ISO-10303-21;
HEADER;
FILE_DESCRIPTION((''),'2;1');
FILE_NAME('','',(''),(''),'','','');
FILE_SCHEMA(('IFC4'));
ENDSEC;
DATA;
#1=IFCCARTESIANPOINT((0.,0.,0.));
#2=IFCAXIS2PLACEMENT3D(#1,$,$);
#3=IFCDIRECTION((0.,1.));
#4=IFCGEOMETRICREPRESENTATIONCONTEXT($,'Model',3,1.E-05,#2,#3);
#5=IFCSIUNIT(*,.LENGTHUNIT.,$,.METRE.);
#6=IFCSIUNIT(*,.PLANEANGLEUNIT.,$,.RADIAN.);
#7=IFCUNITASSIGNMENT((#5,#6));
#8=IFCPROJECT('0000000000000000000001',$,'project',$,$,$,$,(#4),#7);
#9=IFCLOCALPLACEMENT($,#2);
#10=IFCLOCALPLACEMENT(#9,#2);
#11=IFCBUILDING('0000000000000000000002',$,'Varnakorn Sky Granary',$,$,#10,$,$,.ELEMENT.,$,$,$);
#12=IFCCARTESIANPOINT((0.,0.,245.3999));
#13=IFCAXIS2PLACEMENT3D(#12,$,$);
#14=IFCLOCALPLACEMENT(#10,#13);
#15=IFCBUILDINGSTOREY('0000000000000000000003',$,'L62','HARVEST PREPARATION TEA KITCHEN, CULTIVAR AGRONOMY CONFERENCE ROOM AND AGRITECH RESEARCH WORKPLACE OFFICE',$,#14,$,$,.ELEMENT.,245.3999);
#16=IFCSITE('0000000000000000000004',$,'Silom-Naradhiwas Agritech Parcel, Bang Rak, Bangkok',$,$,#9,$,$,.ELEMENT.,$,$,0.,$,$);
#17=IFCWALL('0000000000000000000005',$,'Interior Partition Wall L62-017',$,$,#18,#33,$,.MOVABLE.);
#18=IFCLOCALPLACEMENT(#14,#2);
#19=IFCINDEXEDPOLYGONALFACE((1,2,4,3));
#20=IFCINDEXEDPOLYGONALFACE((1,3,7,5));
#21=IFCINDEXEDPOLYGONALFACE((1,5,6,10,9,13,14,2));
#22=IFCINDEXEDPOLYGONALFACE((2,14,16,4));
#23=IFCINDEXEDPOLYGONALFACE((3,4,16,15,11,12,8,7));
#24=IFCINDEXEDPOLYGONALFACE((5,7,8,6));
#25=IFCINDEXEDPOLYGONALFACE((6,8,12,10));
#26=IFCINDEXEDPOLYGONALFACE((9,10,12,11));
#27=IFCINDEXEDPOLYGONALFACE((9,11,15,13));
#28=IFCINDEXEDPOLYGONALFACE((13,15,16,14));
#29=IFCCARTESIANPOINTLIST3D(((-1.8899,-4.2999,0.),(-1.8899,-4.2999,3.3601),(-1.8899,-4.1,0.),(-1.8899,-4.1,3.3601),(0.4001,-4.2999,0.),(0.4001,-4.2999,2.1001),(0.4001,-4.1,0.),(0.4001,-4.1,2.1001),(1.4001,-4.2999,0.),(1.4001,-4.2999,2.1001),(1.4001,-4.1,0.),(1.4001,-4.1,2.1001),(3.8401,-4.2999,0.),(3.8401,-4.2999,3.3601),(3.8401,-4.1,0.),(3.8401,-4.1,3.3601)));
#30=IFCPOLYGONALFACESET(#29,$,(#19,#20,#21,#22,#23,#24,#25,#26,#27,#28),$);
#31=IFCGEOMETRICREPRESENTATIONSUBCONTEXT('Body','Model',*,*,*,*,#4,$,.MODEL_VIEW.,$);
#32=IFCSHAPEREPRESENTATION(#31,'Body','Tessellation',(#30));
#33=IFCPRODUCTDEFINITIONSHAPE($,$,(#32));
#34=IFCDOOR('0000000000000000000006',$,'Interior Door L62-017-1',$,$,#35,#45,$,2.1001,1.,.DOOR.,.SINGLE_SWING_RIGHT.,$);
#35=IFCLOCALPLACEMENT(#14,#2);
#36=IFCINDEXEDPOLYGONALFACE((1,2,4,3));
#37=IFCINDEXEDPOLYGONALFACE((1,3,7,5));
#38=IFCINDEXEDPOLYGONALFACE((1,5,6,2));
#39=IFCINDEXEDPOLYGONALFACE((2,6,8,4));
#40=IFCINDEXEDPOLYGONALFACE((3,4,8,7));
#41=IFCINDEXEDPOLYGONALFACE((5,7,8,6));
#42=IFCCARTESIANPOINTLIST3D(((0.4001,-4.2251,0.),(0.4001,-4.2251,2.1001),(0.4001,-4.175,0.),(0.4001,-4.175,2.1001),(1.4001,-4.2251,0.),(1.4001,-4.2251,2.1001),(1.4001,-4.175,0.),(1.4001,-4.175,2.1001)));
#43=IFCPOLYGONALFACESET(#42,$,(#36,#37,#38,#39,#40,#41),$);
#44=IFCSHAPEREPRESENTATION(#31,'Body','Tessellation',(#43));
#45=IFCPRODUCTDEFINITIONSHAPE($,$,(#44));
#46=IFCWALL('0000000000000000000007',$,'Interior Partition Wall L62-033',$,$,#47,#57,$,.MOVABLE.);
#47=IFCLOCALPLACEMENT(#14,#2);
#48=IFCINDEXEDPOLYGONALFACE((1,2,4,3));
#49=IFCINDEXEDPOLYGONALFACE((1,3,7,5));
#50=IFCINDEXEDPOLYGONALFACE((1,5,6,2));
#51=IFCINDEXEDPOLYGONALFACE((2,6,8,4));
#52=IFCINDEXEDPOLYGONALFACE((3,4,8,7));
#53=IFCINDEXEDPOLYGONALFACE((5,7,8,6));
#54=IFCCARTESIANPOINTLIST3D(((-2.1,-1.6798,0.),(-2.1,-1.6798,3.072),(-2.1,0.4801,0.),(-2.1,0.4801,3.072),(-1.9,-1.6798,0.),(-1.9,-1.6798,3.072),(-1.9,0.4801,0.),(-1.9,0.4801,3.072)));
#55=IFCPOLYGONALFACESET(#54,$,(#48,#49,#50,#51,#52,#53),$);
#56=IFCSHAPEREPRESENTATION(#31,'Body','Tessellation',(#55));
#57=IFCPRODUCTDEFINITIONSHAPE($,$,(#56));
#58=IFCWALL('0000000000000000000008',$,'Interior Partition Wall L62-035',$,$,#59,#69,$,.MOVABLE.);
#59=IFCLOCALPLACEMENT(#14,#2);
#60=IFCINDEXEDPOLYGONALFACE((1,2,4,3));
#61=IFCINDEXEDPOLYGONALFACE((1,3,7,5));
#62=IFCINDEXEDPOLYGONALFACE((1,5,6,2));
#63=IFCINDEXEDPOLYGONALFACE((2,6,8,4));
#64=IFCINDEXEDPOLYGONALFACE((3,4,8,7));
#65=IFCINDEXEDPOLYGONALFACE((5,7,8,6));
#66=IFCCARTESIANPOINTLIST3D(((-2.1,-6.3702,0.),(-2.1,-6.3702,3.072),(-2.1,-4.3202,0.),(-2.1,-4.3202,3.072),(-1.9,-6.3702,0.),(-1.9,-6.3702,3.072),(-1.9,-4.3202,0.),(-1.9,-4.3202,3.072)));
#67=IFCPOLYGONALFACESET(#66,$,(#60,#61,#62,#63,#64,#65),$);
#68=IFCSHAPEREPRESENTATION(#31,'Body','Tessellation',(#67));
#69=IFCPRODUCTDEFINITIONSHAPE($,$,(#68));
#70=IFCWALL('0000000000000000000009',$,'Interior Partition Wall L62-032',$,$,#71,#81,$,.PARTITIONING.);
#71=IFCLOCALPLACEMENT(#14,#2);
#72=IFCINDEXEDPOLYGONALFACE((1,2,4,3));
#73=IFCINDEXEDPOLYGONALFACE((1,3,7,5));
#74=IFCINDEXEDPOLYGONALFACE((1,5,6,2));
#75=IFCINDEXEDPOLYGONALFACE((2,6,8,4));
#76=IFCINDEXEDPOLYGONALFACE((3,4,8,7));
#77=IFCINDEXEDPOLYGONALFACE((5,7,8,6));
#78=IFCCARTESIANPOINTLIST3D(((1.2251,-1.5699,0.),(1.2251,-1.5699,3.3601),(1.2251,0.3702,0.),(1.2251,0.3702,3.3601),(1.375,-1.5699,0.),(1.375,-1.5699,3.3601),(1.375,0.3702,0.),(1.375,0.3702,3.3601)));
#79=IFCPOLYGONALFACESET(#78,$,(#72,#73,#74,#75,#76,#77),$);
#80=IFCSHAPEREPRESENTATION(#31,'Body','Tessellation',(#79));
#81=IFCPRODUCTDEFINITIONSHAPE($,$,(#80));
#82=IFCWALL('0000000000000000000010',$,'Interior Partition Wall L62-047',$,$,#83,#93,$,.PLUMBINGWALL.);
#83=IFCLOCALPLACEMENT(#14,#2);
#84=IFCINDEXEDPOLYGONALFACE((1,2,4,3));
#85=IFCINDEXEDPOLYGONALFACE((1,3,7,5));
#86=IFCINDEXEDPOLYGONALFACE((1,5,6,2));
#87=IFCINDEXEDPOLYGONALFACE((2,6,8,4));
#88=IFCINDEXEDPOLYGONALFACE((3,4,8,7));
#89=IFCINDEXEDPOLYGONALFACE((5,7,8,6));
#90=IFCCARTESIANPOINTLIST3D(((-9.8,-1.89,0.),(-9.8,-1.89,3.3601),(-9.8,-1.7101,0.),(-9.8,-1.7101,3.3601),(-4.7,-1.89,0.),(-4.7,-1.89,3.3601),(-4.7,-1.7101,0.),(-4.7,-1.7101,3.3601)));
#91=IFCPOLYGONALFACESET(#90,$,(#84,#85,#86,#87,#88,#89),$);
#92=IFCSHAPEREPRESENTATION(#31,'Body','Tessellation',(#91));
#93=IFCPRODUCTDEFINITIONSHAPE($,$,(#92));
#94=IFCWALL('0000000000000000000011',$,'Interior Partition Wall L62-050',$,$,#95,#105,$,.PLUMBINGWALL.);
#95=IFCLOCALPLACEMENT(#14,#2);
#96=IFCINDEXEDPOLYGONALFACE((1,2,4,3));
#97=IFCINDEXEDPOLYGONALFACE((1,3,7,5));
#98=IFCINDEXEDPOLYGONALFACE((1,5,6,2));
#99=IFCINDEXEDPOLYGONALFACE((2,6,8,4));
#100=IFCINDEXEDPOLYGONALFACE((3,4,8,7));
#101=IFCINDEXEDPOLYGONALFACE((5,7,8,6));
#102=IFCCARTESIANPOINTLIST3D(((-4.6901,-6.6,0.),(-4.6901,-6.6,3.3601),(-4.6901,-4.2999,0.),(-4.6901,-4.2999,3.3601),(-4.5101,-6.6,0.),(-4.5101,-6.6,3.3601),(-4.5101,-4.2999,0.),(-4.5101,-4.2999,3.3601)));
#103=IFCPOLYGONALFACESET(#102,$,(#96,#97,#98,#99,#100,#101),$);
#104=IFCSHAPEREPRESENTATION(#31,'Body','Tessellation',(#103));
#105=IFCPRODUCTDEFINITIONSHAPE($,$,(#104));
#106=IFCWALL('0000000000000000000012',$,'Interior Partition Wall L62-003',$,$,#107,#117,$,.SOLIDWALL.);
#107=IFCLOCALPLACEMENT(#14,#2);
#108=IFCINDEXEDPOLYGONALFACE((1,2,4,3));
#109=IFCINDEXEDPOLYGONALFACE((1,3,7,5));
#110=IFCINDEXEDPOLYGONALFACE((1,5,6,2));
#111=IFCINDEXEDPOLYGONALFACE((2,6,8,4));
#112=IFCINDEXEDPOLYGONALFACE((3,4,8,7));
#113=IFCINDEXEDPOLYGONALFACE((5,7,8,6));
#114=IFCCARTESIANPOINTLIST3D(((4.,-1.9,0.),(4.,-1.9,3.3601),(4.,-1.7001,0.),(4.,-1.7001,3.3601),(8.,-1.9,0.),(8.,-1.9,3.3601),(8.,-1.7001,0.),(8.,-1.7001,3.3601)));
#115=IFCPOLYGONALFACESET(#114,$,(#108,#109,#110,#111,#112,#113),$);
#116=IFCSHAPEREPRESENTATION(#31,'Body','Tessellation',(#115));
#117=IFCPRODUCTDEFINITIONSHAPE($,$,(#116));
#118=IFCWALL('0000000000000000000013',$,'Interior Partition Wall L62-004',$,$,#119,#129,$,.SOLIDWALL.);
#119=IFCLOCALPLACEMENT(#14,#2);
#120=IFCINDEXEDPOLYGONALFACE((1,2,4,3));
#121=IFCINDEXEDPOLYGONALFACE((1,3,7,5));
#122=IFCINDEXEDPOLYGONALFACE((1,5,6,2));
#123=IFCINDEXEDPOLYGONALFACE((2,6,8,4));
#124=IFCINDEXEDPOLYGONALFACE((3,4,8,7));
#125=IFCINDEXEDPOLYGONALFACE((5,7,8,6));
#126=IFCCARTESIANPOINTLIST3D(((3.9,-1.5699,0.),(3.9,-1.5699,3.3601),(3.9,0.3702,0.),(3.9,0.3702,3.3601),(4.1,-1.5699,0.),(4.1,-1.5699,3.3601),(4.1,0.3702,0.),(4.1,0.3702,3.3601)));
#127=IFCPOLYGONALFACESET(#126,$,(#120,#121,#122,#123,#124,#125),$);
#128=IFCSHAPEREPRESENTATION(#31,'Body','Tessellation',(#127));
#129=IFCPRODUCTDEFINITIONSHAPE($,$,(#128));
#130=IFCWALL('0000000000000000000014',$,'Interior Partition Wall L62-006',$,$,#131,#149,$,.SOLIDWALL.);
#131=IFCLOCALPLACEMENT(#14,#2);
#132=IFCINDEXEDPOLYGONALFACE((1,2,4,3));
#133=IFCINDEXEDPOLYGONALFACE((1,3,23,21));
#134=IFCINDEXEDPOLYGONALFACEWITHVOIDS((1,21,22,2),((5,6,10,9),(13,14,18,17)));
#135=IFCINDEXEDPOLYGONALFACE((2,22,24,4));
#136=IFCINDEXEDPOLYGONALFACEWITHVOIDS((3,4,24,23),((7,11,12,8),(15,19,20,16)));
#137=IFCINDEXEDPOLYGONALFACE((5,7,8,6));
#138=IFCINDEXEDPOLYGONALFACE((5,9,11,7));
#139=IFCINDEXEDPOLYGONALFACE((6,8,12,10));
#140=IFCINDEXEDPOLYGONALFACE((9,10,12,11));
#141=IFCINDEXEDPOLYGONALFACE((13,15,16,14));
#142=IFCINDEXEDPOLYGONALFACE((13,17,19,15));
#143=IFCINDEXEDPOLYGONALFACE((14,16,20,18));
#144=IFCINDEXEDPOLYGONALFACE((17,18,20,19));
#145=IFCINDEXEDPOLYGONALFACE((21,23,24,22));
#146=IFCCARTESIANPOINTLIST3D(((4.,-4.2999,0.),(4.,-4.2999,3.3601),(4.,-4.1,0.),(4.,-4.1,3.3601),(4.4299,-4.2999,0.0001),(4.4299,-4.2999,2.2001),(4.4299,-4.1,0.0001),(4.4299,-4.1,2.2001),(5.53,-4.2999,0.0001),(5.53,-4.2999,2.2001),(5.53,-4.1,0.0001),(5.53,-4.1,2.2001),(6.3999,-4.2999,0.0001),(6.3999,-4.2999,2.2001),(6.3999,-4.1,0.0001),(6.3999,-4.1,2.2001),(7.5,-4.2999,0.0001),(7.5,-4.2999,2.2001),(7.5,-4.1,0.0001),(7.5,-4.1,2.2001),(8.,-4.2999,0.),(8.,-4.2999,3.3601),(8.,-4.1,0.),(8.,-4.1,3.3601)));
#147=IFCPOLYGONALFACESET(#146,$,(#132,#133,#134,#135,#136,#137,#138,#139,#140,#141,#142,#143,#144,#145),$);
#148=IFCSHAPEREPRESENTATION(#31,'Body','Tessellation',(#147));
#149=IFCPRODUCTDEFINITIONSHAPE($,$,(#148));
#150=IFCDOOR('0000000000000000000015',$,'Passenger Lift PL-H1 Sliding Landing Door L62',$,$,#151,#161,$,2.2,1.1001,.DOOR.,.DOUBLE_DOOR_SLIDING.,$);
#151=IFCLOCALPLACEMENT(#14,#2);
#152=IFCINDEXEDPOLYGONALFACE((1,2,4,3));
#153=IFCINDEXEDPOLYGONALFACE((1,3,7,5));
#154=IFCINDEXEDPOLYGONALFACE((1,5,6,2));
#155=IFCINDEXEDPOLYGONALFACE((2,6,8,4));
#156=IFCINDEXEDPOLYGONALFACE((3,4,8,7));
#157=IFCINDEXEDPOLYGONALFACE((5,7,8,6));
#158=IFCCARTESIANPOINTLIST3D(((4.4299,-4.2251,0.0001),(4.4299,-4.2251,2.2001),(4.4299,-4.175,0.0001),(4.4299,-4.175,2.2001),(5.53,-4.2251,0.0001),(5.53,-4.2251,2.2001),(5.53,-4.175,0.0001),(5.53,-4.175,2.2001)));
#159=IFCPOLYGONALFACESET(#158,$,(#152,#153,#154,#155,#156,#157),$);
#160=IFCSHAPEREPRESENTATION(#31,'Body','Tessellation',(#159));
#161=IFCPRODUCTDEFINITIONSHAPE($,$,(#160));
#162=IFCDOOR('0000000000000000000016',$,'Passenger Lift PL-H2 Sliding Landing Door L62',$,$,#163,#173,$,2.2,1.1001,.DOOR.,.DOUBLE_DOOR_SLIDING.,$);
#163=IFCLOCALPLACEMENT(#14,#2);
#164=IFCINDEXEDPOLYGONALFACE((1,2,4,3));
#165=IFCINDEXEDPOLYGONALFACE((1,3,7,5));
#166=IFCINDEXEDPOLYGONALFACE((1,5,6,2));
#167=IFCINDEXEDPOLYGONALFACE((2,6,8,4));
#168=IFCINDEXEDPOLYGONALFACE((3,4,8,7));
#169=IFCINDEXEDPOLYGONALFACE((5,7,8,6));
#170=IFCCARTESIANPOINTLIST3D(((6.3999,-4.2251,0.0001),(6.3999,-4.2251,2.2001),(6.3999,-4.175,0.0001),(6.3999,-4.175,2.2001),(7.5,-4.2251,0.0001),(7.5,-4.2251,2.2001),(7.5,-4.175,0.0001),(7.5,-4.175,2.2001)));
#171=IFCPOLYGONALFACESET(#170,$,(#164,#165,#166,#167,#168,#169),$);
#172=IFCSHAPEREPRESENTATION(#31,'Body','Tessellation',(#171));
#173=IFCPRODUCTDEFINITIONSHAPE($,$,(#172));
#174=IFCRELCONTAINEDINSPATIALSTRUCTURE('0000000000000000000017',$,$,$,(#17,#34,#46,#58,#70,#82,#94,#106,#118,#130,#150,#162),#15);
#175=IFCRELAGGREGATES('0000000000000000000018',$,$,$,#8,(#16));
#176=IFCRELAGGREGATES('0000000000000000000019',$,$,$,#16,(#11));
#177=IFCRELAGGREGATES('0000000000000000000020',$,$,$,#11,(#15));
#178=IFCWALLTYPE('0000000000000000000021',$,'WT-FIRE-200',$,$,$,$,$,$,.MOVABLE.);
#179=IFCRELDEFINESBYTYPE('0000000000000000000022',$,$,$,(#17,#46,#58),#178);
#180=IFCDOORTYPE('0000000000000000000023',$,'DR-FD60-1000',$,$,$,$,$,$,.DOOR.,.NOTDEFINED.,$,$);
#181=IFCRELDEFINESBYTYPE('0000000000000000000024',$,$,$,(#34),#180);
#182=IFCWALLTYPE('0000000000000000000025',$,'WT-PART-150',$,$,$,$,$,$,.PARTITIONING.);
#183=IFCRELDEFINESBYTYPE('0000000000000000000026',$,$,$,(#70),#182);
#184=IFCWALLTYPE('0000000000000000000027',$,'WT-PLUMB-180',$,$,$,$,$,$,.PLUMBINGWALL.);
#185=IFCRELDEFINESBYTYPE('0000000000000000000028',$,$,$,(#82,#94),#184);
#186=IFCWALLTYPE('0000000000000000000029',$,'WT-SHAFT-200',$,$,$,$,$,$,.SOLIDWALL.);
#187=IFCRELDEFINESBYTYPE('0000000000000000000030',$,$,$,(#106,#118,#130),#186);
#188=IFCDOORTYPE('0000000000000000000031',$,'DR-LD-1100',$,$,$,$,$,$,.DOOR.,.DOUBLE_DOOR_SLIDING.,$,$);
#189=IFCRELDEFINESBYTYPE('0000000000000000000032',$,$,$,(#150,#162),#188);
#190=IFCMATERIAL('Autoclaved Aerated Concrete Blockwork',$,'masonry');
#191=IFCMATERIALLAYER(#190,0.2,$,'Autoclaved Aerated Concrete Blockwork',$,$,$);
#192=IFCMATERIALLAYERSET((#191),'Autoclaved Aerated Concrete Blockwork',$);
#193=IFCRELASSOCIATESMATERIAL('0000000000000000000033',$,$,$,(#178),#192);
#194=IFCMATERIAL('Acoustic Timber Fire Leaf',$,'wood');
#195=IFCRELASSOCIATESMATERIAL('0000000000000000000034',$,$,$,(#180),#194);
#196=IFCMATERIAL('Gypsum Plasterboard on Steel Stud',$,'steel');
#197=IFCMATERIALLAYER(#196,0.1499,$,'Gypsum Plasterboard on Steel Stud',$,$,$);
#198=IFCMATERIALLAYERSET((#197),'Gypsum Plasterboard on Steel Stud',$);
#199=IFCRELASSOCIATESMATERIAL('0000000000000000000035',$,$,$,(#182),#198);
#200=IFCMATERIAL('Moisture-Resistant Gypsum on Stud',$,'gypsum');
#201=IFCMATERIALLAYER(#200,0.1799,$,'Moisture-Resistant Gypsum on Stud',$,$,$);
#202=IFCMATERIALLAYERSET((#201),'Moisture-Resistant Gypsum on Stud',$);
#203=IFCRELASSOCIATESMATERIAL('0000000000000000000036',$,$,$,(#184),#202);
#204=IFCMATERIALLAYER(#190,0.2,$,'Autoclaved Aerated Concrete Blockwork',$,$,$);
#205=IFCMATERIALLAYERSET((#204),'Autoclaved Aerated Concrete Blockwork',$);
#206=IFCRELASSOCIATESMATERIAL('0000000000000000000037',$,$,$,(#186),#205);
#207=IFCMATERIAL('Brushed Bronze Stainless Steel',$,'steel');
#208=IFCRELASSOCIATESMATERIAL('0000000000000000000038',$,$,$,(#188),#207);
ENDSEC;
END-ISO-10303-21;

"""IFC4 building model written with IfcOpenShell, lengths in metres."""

from ifc_helpers import new_model, si_unit, direction, frame, frame_2d, origin, place, context, subcontext, project, spatial, rectangle, extrude, material, layer, layer_set, type_object, element, fill, save


model = new_model("IFC4")

# Units and contexts
model_context = context("Model", 3, precision=1e-05, world=origin(), true_north=direction((0.0, 1.0)))
body_context = subcontext(model_context, "Body", "Model", "MODEL_VIEW")
ifc_project = project(units=[si_unit("LENGTHUNIT", "METRE"), si_unit("PLANEANGLEUNIT", "RADIAN")], contexts=[model_context])

# Site, building, storey
site_placement = place(None, origin())
site = spatial("IfcSite", under=ifc_project, at=site_placement, Name="Silom-Naradhiwas Agritech Parcel, Bang Rak, Bangkok", CompositionType="ELEMENT", RefElevation=0.0)
building_placement = place(site_placement, origin())
building = spatial("IfcBuilding", under=site, at=building_placement, Name="Varnakorn Sky Granary", CompositionType="ELEMENT")
storey_placement = place(building_placement, frame((0.0, 0.0, 245.3999)))
storey = spatial("IfcBuildingStorey", under=building, at=storey_placement, Name="L62", Description="HARVEST PREPARATION TEA KITCHEN, CULTIVAR AGRONOMY CONFERENCE ROOM AND AGRITECH RESEARCH WORKPLACE OFFICE", CompositionType="ELEMENT", Elevation=245.3999)

# Shared definitions
ifc_material_1 = material(Name="Autoclaved Aerated Concrete Blockwork", Category="masonry")
ifc_layer_1 = layer(ifc_material_1, 0.2, Name="Autoclaved Aerated Concrete Blockwork")
ifc_layer_set_1 = layer_set([ifc_layer_1], Name="Autoclaved Aerated Concrete Blockwork")
wall_type_1 = type_object("IfcWallType", Name="WT-FIRE-200", PredefinedType="MOVABLE", material=ifc_layer_set_1)
ifc_material_2 = material(Name="Acoustic Timber Fire Leaf", Category="wood")
door_type_1 = type_object("IfcDoorType", Name="DR-FD60-1000", OperationType="NOTDEFINED", PredefinedType="DOOR", material=ifc_material_2)

# Wall, opening, door
wall_1_placement = place(storey_placement, frame((-1.8899, -4.2, 0.0), z_axis=(0.0, 0.0, 1.0), x_axis=(1.0, 0.0, 0.0)))
wall_1 = element("IfcWall", 1, at=wall_1_placement, inside=storey, type_object=wall_type_1, Name="Interior Partition Wall L62-017", PredefinedType="MOVABLE", context=body_context, shape_type="SweptSolid", body=[
    extrude(rectangle(XDim=5.73, YDim=0.2, at=frame_2d((2.865, 0.0))), origin(), (0.0, 0.0, 1.0), 3.3601),
])
opening_1_placement = place(wall_1_placement, frame((2.29, 0.0, 0.0)))
opening_1 = element("IfcOpeningElement", 2, at=opening_1_placement, cuts=wall_1, PredefinedType="OPENING", context=body_context, shape_type="SweptSolid", body=[
    extrude(rectangle(XDim=1.0, YDim=2.1001, at=frame_2d((0.5, 1.05))), frame((0.0, 0.1099, 0.0), z_axis=(0.0, -1.0, 0.0), x_axis=(1.0, 0.0, 0.0)), (0.0, 0.0, 1.0), 0.22),
])
door_1_placement = place(opening_1_placement, origin())
door_1 = element("IfcDoor", 3, at=door_1_placement, inside=storey, type_object=door_type_1, Name="Interior Door L62-017-1", OperationType="SINGLE_SWING_RIGHT", OverallHeight=2.1001, OverallWidth=1.0, PredefinedType="DOOR", context=body_context, shape_type="SweptSolid", body=[
    extrude(rectangle(XDim=1.0, YDim=2.1001, at=frame_2d((0.5, 1.05))), frame((0.0, 0.0249, 0.0), z_axis=(0.0, -1.0, 0.0), x_axis=(1.0, 0.0, 0.0)), (0.0, 0.0, 1.0), 0.05),
])
fill(opening_1, door_1)

# Walls
wall_2_placement = place(storey_placement, frame((-2.0, -1.6799, 0.0), z_axis=(0.0, 0.0, 1.0), x_axis=(0.0, 1.0, 0.0)))
element("IfcWall", 4, at=wall_2_placement, inside=storey, type_object=wall_type_1, Name="Interior Partition Wall L62-033", PredefinedType="MOVABLE", context=body_context, shape_type="SweptSolid", body=[
    extrude(rectangle(XDim=2.1599, YDim=0.2, at=frame_2d((1.0801, 0.0))), origin(), (0.0, 0.0, 1.0), 3.072),
])
wall_3_placement = place(storey_placement, frame((-2.0, -6.3701, 0.0), z_axis=(0.0, 0.0, 1.0), x_axis=(0.0, 1.0, 0.0)))
element("IfcWall", 5, at=wall_3_placement, inside=storey, type_object=wall_type_1, Name="Interior Partition Wall L62-035", PredefinedType="MOVABLE", context=body_context, shape_type="SweptSolid", body=[
    extrude(rectangle(XDim=2.05, YDim=0.2, at=frame_2d((1.0249, 0.0))), origin(), (0.0, 0.0, 1.0), 3.072),
])
ifc_material_3 = material(Name="Gypsum Plasterboard on Steel Stud", Category="steel")
ifc_layer_2 = layer(ifc_material_3, 0.1499, Name="Gypsum Plasterboard on Steel Stud")
ifc_layer_set_2 = layer_set([ifc_layer_2], Name="Gypsum Plasterboard on Steel Stud")
wall_type_2 = type_object("IfcWallType", Name="WT-PART-150", PredefinedType="PARTITIONING", material=ifc_layer_set_2)
wall_4_placement = place(storey_placement, frame((1.3, -1.5701, 0.0), z_axis=(0.0, 0.0, 1.0), x_axis=(0.0, 1.0, 0.0)))
element("IfcWall", 6, at=wall_4_placement, inside=storey, type_object=wall_type_2, Name="Interior Partition Wall L62-032", PredefinedType="PARTITIONING", context=body_context, shape_type="SweptSolid", body=[
    extrude(rectangle(XDim=1.9402, YDim=0.1499, at=frame_2d((0.9702, 0.0))), origin(), (0.0, 0.0, 1.0), 3.3601),
])
ifc_material_4 = material(Name="Moisture-Resistant Gypsum on Stud", Category="gypsum")
ifc_layer_3 = layer(ifc_material_4, 0.1799, Name="Moisture-Resistant Gypsum on Stud")
ifc_layer_set_3 = layer_set([ifc_layer_3], Name="Moisture-Resistant Gypsum on Stud")
wall_type_3 = type_object("IfcWallType", Name="WT-PLUMB-180", PredefinedType="PLUMBINGWALL", material=ifc_layer_set_3)
wall_5_placement = place(storey_placement, frame((-4.7, -1.8, 0.0), z_axis=(0.0, 0.0, 1.0), x_axis=(-1.0, 0.0, 0.0)))
element("IfcWall", 7, at=wall_5_placement, inside=storey, type_object=wall_type_3, Name="Interior Partition Wall L62-047", PredefinedType="PLUMBINGWALL", context=body_context, shape_type="SweptSolid", body=[
    extrude(rectangle(XDim=5.1001, YDim=0.1799, at=frame_2d((2.55, 0.0))), origin(), (0.0, 0.0, 1.0), 3.3601),
])
wall_6_placement = place(storey_placement, frame((-4.6001, -4.3, 0.0), z_axis=(0.0, 0.0, 1.0), x_axis=(0.0, -1.0, 0.0)))
element("IfcWall", 8, at=wall_6_placement, inside=storey, type_object=wall_type_3, Name="Interior Partition Wall L62-050", PredefinedType="PLUMBINGWALL", context=body_context, shape_type="SweptSolid", body=[
    extrude(rectangle(XDim=2.3, YDim=0.1799, at=frame_2d((1.1499, 0.0))), origin(), (0.0, 0.0, 1.0), 3.3601),
])
ifc_layer_4 = layer(ifc_material_1, 0.2, Name="Autoclaved Aerated Concrete Blockwork")
ifc_layer_set_4 = layer_set([ifc_layer_4], Name="Autoclaved Aerated Concrete Blockwork")
wall_type_4 = type_object("IfcWallType", Name="WT-SHAFT-200", PredefinedType="SOLIDWALL", material=ifc_layer_set_4)
wall_7_placement = place(storey_placement, frame((4.0, -1.8, 0.0), z_axis=(0.0, 0.0, 1.0), x_axis=(1.0, 0.0, 0.0)))
element("IfcWall", 9, at=wall_7_placement, inside=storey, type_object=wall_type_4, Name="Interior Partition Wall L62-003", PredefinedType="SOLIDWALL", context=body_context, shape_type="SweptSolid", body=[
    extrude(rectangle(XDim=4.0, YDim=0.2, at=frame_2d((2.0, 0.0))), origin(), (0.0, 0.0, 1.0), 3.3601),
])
wall_8_placement = place(storey_placement, frame((4.0, -1.5701, 0.0), z_axis=(0.0, 0.0, 1.0), x_axis=(0.0, 1.0, 0.0)))
element("IfcWall", 10, at=wall_8_placement, inside=storey, type_object=wall_type_4, Name="Interior Partition Wall L62-004", PredefinedType="SOLIDWALL", context=body_context, shape_type="SweptSolid", body=[
    extrude(rectangle(XDim=1.9402, YDim=0.2, at=frame_2d((0.9702, 0.0))), origin(), (0.0, 0.0, 1.0), 3.3601),
])

# Wall, openings, doors
wall_9_placement = place(storey_placement, frame((4.0, -4.2, 0.0), z_axis=(0.0, 0.0, 1.0), x_axis=(1.0, 0.0, 0.0)))
wall_9 = element("IfcWall", 11, at=wall_9_placement, inside=storey, type_object=wall_type_4, Name="Interior Partition Wall L62-006", PredefinedType="SOLIDWALL", context=body_context, shape_type="SweptSolid", body=[
    extrude(rectangle(XDim=4.0, YDim=0.2, at=frame_2d((2.0, 0.0))), origin(), (0.0, 0.0, 1.0), 3.3601),
])
opening_2_placement = place(wall_9_placement, frame((0.4299, 0.0, 0.0)))
opening_2 = element("IfcOpeningElement", 12, at=opening_2_placement, cuts=wall_9, PredefinedType="OPENING", context=body_context, shape_type="SweptSolid", body=[
    extrude(rectangle(XDim=1.1001, YDim=2.2, at=frame_2d((0.55, 1.1001))), frame((0.0, 0.1099, 0.0), z_axis=(0.0, -1.0, 0.0), x_axis=(1.0, 0.0, 0.0)), (0.0, 0.0, 1.0), 0.22),
])
opening_3_placement = place(wall_9_placement, frame((2.3999, 0.0, 0.0)))
opening_3 = element("IfcOpeningElement", 13, at=opening_3_placement, cuts=wall_9, PredefinedType="OPENING", context=body_context, shape_type="SweptSolid", body=[
    extrude(rectangle(XDim=1.1001, YDim=2.2, at=frame_2d((0.55, 1.1001))), frame((0.0, 0.1099, 0.0), z_axis=(0.0, -1.0, 0.0), x_axis=(1.0, 0.0, 0.0)), (0.0, 0.0, 1.0), 0.22),
])
ifc_material_5 = material(Name="Brushed Bronze Stainless Steel", Category="steel")
door_type_2 = type_object("IfcDoorType", Name="DR-LD-1100", OperationType="DOUBLE_DOOR_SLIDING", PredefinedType="DOOR", material=ifc_material_5)
door_2_placement = place(opening_2_placement, origin())
door_2 = element("IfcDoor", 14, at=door_2_placement, inside=storey, type_object=door_type_2, Name="Passenger Lift PL-H1 Sliding Landing Door L62", OperationType="DOUBLE_DOOR_SLIDING", OverallHeight=2.2, OverallWidth=1.1001, PredefinedType="DOOR", context=body_context, shape_type="SweptSolid", body=[
    extrude(rectangle(XDim=1.1001, YDim=2.2, at=frame_2d((0.55, 1.1001))), frame((0.0, 0.0249, 0.0), z_axis=(0.0, -1.0, 0.0), x_axis=(1.0, 0.0, 0.0)), (0.0, 0.0, 1.0), 0.05),
])
fill(opening_2, door_2)
door_3_placement = place(opening_3_placement, origin())
door_3 = element("IfcDoor", 15, at=door_3_placement, inside=storey, type_object=door_type_2, Name="Passenger Lift PL-H2 Sliding Landing Door L62", OperationType="DOUBLE_DOOR_SLIDING", OverallHeight=2.2, OverallWidth=1.1001, PredefinedType="DOOR", context=body_context, shape_type="SweptSolid", body=[
    extrude(rectangle(XDim=1.1001, YDim=2.2, at=frame_2d((0.55, 1.1001))), frame((0.0, 0.0249, 0.0), z_axis=(0.0, -1.0, 0.0), x_axis=(1.0, 0.0, 0.0)), (0.0, 0.0, 1.0), 0.05),
])
fill(opening_3, door_3)

save(model, "model.ifc")
